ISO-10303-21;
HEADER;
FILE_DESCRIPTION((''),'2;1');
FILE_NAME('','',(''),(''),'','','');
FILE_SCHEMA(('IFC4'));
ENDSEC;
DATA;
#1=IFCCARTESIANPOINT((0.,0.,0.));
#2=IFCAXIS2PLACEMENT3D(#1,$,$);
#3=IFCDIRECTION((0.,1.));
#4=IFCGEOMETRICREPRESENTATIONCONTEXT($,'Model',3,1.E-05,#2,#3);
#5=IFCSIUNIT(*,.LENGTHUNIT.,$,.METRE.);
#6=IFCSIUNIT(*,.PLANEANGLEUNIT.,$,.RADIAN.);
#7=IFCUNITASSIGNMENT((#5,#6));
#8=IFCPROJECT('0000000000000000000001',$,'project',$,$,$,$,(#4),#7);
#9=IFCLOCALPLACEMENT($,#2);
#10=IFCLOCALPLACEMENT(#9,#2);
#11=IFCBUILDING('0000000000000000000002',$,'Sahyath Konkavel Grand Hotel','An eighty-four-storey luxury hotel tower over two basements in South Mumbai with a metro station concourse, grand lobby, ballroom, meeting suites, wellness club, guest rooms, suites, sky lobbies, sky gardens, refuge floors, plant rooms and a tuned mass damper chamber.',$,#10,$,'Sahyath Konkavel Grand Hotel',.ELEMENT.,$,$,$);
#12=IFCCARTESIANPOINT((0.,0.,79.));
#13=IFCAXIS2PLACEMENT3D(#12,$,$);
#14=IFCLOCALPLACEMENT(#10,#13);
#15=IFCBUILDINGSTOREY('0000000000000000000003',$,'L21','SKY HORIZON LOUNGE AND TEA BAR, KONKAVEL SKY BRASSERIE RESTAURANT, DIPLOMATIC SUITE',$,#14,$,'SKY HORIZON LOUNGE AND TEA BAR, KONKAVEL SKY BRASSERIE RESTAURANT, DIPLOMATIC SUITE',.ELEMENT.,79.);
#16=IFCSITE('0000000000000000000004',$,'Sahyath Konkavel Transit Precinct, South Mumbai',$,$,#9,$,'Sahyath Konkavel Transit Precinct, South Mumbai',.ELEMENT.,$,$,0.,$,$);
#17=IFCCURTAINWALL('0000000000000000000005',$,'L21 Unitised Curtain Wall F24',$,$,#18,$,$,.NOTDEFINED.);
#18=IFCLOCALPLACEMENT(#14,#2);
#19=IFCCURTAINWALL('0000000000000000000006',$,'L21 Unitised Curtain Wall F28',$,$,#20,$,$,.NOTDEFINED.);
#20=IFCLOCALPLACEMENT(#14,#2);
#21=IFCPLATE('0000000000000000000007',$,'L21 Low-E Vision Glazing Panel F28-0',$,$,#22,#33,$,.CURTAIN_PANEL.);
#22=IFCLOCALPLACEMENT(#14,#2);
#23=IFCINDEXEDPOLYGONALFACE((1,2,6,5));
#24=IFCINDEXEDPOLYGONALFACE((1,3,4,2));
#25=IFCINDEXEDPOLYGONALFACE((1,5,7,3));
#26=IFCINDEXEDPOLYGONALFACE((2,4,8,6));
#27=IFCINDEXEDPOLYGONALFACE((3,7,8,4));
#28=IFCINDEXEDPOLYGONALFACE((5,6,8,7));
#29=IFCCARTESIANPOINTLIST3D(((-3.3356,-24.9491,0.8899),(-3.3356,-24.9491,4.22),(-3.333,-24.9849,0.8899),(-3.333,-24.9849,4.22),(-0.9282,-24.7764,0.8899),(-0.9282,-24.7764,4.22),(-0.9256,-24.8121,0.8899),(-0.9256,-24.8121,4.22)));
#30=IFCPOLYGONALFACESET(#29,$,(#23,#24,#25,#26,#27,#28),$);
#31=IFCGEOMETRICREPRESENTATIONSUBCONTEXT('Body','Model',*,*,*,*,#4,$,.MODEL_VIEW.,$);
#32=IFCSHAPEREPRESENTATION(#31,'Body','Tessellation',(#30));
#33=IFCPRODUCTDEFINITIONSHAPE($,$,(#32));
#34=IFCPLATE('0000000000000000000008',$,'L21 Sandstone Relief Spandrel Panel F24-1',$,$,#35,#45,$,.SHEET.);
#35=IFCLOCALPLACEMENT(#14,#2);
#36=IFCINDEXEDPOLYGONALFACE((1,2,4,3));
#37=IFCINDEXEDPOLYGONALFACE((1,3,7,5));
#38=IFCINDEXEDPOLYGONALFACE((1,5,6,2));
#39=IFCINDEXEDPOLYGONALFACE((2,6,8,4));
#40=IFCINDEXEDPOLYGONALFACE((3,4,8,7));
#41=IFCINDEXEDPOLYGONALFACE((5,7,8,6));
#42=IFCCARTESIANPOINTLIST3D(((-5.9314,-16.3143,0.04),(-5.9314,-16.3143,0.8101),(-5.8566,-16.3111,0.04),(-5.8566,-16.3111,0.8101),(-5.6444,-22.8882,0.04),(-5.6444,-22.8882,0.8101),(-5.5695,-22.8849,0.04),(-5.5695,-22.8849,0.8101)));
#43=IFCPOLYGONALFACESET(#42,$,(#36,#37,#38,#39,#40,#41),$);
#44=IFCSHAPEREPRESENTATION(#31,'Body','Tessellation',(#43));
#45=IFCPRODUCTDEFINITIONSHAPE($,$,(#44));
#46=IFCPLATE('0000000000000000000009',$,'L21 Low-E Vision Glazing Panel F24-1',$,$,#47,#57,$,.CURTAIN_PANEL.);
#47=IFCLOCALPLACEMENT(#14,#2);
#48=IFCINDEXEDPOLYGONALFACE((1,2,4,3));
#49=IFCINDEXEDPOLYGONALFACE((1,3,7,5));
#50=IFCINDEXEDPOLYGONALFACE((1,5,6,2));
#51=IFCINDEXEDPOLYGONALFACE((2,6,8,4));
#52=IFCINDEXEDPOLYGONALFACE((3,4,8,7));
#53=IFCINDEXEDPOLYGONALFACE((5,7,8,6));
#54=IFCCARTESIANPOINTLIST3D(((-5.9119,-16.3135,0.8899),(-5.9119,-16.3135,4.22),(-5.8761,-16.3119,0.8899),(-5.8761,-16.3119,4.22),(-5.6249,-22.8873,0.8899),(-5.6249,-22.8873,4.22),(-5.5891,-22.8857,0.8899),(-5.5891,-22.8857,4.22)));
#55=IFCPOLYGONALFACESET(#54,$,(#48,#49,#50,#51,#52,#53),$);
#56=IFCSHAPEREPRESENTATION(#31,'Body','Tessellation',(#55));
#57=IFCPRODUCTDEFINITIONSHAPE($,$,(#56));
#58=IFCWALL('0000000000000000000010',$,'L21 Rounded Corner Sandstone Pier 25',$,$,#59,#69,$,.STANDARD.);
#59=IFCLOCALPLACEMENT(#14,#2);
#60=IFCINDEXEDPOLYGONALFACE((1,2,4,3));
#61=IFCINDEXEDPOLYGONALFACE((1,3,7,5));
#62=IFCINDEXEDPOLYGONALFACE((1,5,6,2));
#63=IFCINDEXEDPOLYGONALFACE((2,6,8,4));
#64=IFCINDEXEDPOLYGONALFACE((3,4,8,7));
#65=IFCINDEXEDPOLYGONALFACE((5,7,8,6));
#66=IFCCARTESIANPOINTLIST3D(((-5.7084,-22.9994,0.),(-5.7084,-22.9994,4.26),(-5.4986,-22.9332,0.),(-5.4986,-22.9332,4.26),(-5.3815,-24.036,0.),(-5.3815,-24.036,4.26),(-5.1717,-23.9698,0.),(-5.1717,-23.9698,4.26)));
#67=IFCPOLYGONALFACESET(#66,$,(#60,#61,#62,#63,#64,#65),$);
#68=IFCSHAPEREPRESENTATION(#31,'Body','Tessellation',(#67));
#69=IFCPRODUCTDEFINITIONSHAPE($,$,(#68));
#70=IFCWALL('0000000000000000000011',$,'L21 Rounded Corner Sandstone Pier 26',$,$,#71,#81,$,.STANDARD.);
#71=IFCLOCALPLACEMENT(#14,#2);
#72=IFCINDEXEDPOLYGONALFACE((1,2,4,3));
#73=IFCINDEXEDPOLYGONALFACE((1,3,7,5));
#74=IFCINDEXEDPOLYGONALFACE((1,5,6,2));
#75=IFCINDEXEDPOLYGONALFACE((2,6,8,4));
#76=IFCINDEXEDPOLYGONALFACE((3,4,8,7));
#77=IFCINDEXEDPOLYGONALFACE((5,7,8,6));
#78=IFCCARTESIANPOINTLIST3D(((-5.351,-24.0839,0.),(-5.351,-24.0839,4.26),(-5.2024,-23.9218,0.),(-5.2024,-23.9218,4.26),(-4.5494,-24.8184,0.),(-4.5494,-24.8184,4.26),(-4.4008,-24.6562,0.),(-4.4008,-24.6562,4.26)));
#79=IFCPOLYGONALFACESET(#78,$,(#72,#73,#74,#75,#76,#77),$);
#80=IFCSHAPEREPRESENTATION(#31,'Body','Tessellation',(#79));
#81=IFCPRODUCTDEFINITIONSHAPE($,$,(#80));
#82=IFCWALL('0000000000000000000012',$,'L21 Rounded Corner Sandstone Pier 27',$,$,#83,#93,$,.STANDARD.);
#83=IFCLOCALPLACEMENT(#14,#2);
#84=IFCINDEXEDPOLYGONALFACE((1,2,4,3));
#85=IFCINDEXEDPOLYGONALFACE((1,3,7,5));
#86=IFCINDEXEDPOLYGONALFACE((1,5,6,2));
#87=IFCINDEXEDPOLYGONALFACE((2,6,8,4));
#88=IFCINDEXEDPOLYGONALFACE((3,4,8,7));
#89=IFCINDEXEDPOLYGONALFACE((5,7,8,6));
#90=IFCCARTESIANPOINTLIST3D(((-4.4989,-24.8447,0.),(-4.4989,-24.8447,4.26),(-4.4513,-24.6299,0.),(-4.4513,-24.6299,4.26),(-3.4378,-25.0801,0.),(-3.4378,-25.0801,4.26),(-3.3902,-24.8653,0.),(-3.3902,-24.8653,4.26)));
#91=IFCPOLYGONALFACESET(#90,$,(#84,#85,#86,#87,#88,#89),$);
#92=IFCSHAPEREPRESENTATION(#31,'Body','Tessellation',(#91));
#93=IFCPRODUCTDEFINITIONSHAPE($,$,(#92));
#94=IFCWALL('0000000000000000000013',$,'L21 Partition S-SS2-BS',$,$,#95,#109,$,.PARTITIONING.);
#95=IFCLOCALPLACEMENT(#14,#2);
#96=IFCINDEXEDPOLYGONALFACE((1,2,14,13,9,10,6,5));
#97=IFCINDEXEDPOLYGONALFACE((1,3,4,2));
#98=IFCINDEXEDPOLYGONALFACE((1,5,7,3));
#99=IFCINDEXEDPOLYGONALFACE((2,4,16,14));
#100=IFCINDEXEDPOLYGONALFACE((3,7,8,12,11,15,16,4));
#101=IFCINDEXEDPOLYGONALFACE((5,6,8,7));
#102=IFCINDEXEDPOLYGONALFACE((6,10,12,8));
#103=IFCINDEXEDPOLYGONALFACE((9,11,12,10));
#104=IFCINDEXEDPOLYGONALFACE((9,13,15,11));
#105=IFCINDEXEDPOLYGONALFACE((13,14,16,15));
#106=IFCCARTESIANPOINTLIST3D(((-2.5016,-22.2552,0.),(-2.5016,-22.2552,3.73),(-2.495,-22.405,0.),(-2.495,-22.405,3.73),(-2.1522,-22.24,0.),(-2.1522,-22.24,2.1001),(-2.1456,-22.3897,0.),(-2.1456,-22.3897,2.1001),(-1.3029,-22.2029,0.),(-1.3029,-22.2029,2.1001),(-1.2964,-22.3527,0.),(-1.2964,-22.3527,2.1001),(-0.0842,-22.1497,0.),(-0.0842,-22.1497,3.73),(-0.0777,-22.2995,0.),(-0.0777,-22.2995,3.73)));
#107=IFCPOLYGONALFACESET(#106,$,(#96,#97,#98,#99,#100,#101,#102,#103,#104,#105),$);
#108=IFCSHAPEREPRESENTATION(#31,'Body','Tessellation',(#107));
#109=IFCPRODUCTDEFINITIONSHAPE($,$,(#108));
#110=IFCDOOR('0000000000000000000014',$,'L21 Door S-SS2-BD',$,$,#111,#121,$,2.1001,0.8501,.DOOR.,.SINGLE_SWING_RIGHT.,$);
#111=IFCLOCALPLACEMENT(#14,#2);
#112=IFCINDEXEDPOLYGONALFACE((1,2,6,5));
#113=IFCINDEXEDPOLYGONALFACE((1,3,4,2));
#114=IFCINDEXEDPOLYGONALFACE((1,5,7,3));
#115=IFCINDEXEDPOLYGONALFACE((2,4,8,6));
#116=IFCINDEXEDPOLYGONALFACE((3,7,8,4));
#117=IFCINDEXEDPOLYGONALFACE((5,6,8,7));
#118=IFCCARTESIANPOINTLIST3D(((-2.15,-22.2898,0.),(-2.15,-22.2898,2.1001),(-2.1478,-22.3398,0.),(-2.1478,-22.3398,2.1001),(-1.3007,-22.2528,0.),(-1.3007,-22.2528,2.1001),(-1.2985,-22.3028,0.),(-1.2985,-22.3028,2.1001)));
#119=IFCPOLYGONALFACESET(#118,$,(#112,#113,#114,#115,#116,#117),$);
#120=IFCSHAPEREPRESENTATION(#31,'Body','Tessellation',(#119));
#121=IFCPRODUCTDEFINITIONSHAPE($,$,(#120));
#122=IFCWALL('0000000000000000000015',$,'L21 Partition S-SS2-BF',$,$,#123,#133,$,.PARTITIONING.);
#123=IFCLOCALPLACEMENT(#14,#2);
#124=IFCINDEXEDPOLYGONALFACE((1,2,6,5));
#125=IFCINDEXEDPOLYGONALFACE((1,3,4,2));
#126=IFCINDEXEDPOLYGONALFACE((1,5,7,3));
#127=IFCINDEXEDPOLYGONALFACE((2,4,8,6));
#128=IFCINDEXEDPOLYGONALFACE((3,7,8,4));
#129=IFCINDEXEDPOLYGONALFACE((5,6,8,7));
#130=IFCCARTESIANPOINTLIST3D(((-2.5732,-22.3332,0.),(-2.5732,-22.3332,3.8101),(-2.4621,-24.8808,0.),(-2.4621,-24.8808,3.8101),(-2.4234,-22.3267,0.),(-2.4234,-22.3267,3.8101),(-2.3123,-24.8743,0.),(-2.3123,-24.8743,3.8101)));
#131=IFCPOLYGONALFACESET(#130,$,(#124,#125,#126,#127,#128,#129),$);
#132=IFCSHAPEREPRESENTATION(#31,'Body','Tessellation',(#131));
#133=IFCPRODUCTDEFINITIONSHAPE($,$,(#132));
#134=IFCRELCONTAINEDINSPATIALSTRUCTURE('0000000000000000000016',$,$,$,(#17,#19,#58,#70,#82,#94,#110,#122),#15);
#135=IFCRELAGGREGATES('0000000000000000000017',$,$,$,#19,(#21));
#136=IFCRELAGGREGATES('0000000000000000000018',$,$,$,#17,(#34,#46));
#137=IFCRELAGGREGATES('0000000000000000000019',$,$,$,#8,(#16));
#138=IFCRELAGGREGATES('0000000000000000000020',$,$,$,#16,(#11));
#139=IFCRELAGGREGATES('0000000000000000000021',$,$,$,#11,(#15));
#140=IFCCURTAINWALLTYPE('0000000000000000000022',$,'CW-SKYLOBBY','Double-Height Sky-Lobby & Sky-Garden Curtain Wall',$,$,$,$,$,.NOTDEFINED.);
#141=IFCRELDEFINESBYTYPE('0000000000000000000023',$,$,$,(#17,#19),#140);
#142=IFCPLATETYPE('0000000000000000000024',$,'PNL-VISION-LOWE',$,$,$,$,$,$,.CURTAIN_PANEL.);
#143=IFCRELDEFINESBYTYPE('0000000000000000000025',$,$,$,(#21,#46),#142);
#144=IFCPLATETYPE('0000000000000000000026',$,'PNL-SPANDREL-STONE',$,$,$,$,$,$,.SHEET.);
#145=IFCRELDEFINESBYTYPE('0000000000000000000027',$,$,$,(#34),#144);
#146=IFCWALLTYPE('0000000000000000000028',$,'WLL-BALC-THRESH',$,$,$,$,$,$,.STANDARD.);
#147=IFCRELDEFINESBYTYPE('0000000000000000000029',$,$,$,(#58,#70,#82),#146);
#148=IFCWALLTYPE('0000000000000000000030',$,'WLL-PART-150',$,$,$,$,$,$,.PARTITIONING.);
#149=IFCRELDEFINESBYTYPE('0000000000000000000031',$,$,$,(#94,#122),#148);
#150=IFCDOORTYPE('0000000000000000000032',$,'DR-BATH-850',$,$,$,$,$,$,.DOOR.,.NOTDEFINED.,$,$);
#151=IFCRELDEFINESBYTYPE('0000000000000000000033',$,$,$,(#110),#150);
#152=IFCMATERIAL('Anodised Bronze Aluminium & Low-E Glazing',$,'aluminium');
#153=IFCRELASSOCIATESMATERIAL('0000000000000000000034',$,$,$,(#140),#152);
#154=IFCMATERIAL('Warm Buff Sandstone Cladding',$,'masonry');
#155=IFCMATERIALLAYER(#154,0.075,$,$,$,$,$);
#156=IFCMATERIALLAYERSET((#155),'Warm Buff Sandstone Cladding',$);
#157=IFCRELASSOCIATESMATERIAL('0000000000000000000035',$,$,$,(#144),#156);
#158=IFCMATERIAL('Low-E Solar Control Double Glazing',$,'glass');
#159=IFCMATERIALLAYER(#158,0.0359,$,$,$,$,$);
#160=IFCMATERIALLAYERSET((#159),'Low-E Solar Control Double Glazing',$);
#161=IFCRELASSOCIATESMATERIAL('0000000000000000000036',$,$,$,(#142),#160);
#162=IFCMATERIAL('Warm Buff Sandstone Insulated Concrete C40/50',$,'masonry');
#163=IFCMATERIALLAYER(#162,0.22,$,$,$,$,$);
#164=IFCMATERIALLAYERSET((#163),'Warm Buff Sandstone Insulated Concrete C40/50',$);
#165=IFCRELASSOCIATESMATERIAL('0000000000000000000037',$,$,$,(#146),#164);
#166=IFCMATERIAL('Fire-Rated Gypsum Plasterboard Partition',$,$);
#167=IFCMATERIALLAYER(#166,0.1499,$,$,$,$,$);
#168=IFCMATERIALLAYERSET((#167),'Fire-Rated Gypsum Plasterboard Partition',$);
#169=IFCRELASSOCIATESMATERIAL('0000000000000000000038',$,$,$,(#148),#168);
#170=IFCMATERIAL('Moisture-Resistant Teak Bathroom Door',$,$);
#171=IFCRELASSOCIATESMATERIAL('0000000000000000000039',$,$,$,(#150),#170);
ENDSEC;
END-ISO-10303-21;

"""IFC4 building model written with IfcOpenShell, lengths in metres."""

from ifc_helpers import new_model, si_unit, direction, frame, frame_2d, origin, origin_2d, place, context, subcontext, project, spatial, rectangle, extrude, source, transform, mapped, material, layer, layer_set, type_object, element, fill, aggregate, save


model = new_model("IFC4")

# Units and contexts
model_context = context("Model", 3, precision=1e-05, world=origin(), true_north=direction((0.0, 1.0)))
body_context = subcontext(model_context, "Body", "Model", "MODEL_VIEW")
ifc_project = project(units=[si_unit("LENGTHUNIT", "METRE"), si_unit("PLANEANGLEUNIT", "RADIAN")], contexts=[model_context])

# Site, building, storey
site_placement = place(None, origin())
site = spatial("IfcSite", under=ifc_project, at=site_placement, Name="Sahyath Konkavel Transit Precinct, South Mumbai", LongName="Sahyath Konkavel Transit Precinct, South Mumbai", CompositionType="ELEMENT", RefElevation=0.0)
building_placement = place(site_placement, origin())
building = spatial("IfcBuilding", under=site, at=building_placement, Name="Sahyath Konkavel Grand Hotel", Description="An eighty-four-storey luxury hotel tower over two basements in South Mumbai with a metro station concourse, grand lobby, ballroom, meeting suites, wellness club, guest rooms, suites, sky lobbies, sky gardens, refuge floors, plant rooms and a tuned mass damper chamber.", LongName="Sahyath Konkavel Grand Hotel", CompositionType="ELEMENT")
storey_placement = place(building_placement, frame((0.0, 0.0, 79.0)))
storey = spatial("IfcBuildingStorey", under=building, at=storey_placement, Name="L21", Description="SKY HORIZON LOUNGE AND TEA BAR, KONKAVEL SKY BRASSERIE RESTAURANT, DIPLOMATIC SUITE", LongName="SKY HORIZON LOUNGE AND TEA BAR, KONKAVEL SKY BRASSERIE RESTAURANT, DIPLOMATIC SUITE", CompositionType="ELEMENT", Elevation=79.0)

# Curtain wall
ifc_material_1 = material(Name="Anodised Bronze Aluminium & Low-E Glazing", Category="aluminium")
curtain_wall_type = type_object("IfcCurtainWallType", Name="CW-SKYLOBBY", Description="Double-Height Sky-Lobby & Sky-Garden Curtain Wall", PredefinedType="NOTDEFINED", material=ifc_material_1)
curtain_wall_1_placement = place(storey_placement, origin())
curtain_wall_1 = element("IfcCurtainWall", 1, at=curtain_wall_1_placement, inside=storey, type_object=curtain_wall_type, Name="L21 Unitised Curtain Wall F24", PredefinedType="NOTDEFINED")

# Curtain wall
curtain_wall_2_placement = place(storey_placement, origin())
curtain_wall_2 = element("IfcCurtainWall", 2, at=curtain_wall_2_placement, inside=storey, type_object=curtain_wall_type, Name="L21 Unitised Curtain Wall F28", PredefinedType="NOTDEFINED")

# Plates
ifc_material_2 = material(Name="Warm Buff Sandstone Cladding", Category="masonry")
ifc_layer_1 = layer(ifc_material_2, 0.075)
ifc_layer_set_1 = layer_set([ifc_layer_1], Name="Warm Buff Sandstone Cladding")
plate_type_1 = type_object("IfcPlateType", Name="PNL-SPANDREL-STONE", PredefinedType="SHEET", material=ifc_layer_set_1)
ifc_material_3 = material(Name="Low-E Solar Control Double Glazing", Category="glass")
ifc_layer_2 = layer(ifc_material_3, 0.0359)
ifc_layer_set_2 = layer_set([ifc_layer_2], Name="Low-E Solar Control Double Glazing")
plate_type_2 = type_object("IfcPlateType", Name="PNL-VISION-LOWE", PredefinedType="CURTAIN_PANEL", material=ifc_layer_set_2)
shared_shape_1 = source(origin(), body_context, "Body", "SweptSolid", [
    extrude(rectangle(XDim=2.4136, YDim=0.0359, at=origin_2d()), origin(), (0.0, 0.0, 1.0), 3.3301),
])
plate_1_placement = place(storey_placement, frame((-2.1306, -24.8806, 0.8899), z_axis=(0.0, 0.0, 1.0), x_axis=(0.997436, 0.071567, 0.0)))
plate_1 = element("IfcPlate", 3, at=plate_1_placement, type_object=plate_type_2, Name="L21 Low-E Vision Glazing Panel F28-0", PredefinedType="CURTAIN_PANEL", context=body_context, shape_type="MappedRepresentation", body=[
    mapped(shared_shape_1, transform((0.0, 0.0, 0.0), scale=1.0)),
])
aggregate(curtain_wall_2, [plate_1])
shared_shape_2 = source(origin(), body_context, "Body", "SweptSolid", [
    extrude(rectangle(XDim=6.5801, YDim=0.075, at=origin_2d()), origin(), (0.0, 0.0, 1.0), 0.77),
])
plate_2_placement = place(storey_placement, frame((-5.7505, -19.5996, 0.04), z_axis=(0.0, 0.0, 1.0), x_axis=(0.043619, -0.999048, 0.0)))
plate_2 = element("IfcPlate", 4, at=plate_2_placement, type_object=plate_type_1, Name="L21 Sandstone Relief Spandrel Panel F24-1", PredefinedType="SHEET", context=body_context, shape_type="MappedRepresentation", body=[
    mapped(shared_shape_2, transform((0.0, 0.0, 0.0), scale=1.0)),
])
shared_shape_3 = source(origin(), body_context, "Body", "SweptSolid", [
    extrude(rectangle(XDim=6.5801, YDim=0.0359, at=origin_2d()), origin(), (0.0, 0.0, 1.0), 3.3301),
])
plate_3_placement = place(storey_placement, frame((-5.7505, -19.5996, 0.8899), z_axis=(0.0, 0.0, 1.0), x_axis=(0.043619, -0.999048, 0.0)))
plate_3 = element("IfcPlate", 5, at=plate_3_placement, type_object=plate_type_2, Name="L21 Low-E Vision Glazing Panel F24-1", PredefinedType="CURTAIN_PANEL", context=body_context, shape_type="MappedRepresentation", body=[
    mapped(shared_shape_3, transform((0.0, 0.0, 0.0), scale=1.0)),
])
aggregate(curtain_wall_1, [plate_2, plate_3])

# Walls
ifc_material_4 = material(Name="Warm Buff Sandstone Insulated Concrete C40/50", Category="masonry")
ifc_layer_3 = layer(ifc_material_4, 0.22)
ifc_layer_set_3 = layer_set([ifc_layer_3], Name="Warm Buff Sandstone Insulated Concrete C40/50")
wall_type_1 = type_object("IfcWallType", Name="WLL-BALC-THRESH", PredefinedType="STANDARD", material=ifc_layer_set_3)
wall_1_placement = place(storey_placement, frame((-5.6035, -22.9663, 0.0), z_axis=(0.0, 0.0, 1.0), x_axis=(0.300755, -0.953701, 0.0)))
element("IfcWall", 6, at=wall_1_placement, inside=storey, type_object=wall_type_1, Name="L21 Rounded Corner Sandstone Pier 25", PredefinedType="STANDARD", context=body_context, shape_type="SweptSolid", body=[
    extrude(rectangle(XDim=1.0869, YDim=0.22, at=frame_2d((0.5435, 0.0))), origin(), (0.0, 0.0, 1.0), 4.26),
])
wall_2_placement = place(storey_placement, frame((-5.2766, -24.0029, 0.0), z_axis=(0.0, 0.0, 1.0), x_axis=(0.737313, -0.675552, 0.0)))
element("IfcWall", 7, at=wall_2_placement, inside=storey, type_object=wall_type_1, Name="L21 Rounded Corner Sandstone Pier 26", PredefinedType="STANDARD", context=body_context, shape_type="SweptSolid", body=[
    extrude(rectangle(XDim=1.0872, YDim=0.22, at=frame_2d((0.5435, 0.0))), origin(), (0.0, 0.0, 1.0), 4.26),
])
wall_3_placement = place(storey_placement, frame((-4.4751, -24.7373, 0.0), z_axis=(0.0, 0.0, 1.0), x_axis=(0.976272, -0.21655, 0.0)))
element("IfcWall", 8, at=wall_3_placement, inside=storey, type_object=wall_type_1, Name="L21 Rounded Corner Sandstone Pier 27", PredefinedType="STANDARD", context=body_context, shape_type="SweptSolid", body=[
    extrude(rectangle(XDim=1.0869, YDim=0.22, at=frame_2d((0.5435, 0.0))), origin(), (0.0, 0.0, 1.0), 4.26),
])

# Wall, opening, door
ifc_material_5 = material(Name="Fire-Rated Gypsum Plasterboard Partition")
ifc_layer_4 = layer(ifc_material_5, 0.1499)
ifc_layer_set_4 = layer_set([ifc_layer_4], Name="Fire-Rated Gypsum Plasterboard Partition")
wall_type_2 = type_object("IfcWallType", Name="WLL-PART-150", PredefinedType="PARTITIONING", material=ifc_layer_set_4)
wall_4_placement = place(storey_placement, frame((-0.0808, -22.2246, 0.0), z_axis=(0.0, 0.0, 1.0), x_axis=(-0.99905, -0.043586, 0.0)))
wall_4 = element("IfcWall", 9, at=wall_4_placement, inside=storey, type_object=wall_type_2, Name="L21 Partition S-SS2-BS", PredefinedType="PARTITIONING", context=body_context, shape_type="SweptSolid", body=[
    extrude(rectangle(XDim=2.4197, YDim=0.1499, at=frame_2d((1.21, 0.0))), origin(), (0.0, 0.0, 1.0), 3.73),
])
opening_placement = place(wall_4_placement, frame((1.22, 0.0, 0.0)))
opening = element("IfcOpeningElement", 10, at=opening_placement, cuts=wall_4, PredefinedType="OPENING", context=body_context, shape_type="SweptSolid", body=[
    extrude(rectangle(XDim=0.8501, YDim=2.1001, at=frame_2d((0.425, 1.05))), frame((0.0, 0.085, 0.0), z_axis=(0.0, -1.0, 0.0), x_axis=(1.0, 0.0, 0.0)), (0.0, 0.0, 1.0), 0.1699),
])
ifc_material_6 = material(Name="Moisture-Resistant Teak Bathroom Door")
door_type = type_object("IfcDoorType", Name="DR-BATH-850", OperationType="NOTDEFINED", PredefinedType="DOOR", material=ifc_material_6)
shared_shape_4 = source(origin(), body_context, "Body", "SweptSolid", [
    extrude(rectangle(XDim=0.8501, YDim=0.05, at=origin_2d()), origin(), (0.0, 0.0, 1.0), 2.1001),
])
door_placement = place(opening_placement, frame((0.425, 0.0, 0.0)))
door = element("IfcDoor", 11, at=door_placement, inside=storey, type_object=door_type, Name="L21 Door S-SS2-BD", OperationType="SINGLE_SWING_RIGHT", OverallHeight=2.1001, OverallWidth=0.8501, PredefinedType="DOOR", context=body_context, shape_type="MappedRepresentation", body=[
    mapped(shared_shape_4, transform((0.0, 0.0, 0.0), scale=1.0)),
])
fill(opening, door)

# Wall
wall_5_placement = place(storey_placement, frame((-2.4983, -22.3301, 0.0), z_axis=(0.0, 0.0, 1.0), x_axis=(0.043562, -0.999051, 0.0)))
element("IfcWall", 12, at=wall_5_placement, inside=storey, type_object=wall_type_2, Name="L21 Partition S-SS2-BF", PredefinedType="PARTITIONING", context=body_context, shape_type="SweptSolid", body=[
    extrude(rectangle(XDim=2.55, YDim=0.1499, at=frame_2d((1.2749, 0.0))), origin(), (0.0, 0.0, 1.0), 3.8101),
])

save(model, "model.ifc")
